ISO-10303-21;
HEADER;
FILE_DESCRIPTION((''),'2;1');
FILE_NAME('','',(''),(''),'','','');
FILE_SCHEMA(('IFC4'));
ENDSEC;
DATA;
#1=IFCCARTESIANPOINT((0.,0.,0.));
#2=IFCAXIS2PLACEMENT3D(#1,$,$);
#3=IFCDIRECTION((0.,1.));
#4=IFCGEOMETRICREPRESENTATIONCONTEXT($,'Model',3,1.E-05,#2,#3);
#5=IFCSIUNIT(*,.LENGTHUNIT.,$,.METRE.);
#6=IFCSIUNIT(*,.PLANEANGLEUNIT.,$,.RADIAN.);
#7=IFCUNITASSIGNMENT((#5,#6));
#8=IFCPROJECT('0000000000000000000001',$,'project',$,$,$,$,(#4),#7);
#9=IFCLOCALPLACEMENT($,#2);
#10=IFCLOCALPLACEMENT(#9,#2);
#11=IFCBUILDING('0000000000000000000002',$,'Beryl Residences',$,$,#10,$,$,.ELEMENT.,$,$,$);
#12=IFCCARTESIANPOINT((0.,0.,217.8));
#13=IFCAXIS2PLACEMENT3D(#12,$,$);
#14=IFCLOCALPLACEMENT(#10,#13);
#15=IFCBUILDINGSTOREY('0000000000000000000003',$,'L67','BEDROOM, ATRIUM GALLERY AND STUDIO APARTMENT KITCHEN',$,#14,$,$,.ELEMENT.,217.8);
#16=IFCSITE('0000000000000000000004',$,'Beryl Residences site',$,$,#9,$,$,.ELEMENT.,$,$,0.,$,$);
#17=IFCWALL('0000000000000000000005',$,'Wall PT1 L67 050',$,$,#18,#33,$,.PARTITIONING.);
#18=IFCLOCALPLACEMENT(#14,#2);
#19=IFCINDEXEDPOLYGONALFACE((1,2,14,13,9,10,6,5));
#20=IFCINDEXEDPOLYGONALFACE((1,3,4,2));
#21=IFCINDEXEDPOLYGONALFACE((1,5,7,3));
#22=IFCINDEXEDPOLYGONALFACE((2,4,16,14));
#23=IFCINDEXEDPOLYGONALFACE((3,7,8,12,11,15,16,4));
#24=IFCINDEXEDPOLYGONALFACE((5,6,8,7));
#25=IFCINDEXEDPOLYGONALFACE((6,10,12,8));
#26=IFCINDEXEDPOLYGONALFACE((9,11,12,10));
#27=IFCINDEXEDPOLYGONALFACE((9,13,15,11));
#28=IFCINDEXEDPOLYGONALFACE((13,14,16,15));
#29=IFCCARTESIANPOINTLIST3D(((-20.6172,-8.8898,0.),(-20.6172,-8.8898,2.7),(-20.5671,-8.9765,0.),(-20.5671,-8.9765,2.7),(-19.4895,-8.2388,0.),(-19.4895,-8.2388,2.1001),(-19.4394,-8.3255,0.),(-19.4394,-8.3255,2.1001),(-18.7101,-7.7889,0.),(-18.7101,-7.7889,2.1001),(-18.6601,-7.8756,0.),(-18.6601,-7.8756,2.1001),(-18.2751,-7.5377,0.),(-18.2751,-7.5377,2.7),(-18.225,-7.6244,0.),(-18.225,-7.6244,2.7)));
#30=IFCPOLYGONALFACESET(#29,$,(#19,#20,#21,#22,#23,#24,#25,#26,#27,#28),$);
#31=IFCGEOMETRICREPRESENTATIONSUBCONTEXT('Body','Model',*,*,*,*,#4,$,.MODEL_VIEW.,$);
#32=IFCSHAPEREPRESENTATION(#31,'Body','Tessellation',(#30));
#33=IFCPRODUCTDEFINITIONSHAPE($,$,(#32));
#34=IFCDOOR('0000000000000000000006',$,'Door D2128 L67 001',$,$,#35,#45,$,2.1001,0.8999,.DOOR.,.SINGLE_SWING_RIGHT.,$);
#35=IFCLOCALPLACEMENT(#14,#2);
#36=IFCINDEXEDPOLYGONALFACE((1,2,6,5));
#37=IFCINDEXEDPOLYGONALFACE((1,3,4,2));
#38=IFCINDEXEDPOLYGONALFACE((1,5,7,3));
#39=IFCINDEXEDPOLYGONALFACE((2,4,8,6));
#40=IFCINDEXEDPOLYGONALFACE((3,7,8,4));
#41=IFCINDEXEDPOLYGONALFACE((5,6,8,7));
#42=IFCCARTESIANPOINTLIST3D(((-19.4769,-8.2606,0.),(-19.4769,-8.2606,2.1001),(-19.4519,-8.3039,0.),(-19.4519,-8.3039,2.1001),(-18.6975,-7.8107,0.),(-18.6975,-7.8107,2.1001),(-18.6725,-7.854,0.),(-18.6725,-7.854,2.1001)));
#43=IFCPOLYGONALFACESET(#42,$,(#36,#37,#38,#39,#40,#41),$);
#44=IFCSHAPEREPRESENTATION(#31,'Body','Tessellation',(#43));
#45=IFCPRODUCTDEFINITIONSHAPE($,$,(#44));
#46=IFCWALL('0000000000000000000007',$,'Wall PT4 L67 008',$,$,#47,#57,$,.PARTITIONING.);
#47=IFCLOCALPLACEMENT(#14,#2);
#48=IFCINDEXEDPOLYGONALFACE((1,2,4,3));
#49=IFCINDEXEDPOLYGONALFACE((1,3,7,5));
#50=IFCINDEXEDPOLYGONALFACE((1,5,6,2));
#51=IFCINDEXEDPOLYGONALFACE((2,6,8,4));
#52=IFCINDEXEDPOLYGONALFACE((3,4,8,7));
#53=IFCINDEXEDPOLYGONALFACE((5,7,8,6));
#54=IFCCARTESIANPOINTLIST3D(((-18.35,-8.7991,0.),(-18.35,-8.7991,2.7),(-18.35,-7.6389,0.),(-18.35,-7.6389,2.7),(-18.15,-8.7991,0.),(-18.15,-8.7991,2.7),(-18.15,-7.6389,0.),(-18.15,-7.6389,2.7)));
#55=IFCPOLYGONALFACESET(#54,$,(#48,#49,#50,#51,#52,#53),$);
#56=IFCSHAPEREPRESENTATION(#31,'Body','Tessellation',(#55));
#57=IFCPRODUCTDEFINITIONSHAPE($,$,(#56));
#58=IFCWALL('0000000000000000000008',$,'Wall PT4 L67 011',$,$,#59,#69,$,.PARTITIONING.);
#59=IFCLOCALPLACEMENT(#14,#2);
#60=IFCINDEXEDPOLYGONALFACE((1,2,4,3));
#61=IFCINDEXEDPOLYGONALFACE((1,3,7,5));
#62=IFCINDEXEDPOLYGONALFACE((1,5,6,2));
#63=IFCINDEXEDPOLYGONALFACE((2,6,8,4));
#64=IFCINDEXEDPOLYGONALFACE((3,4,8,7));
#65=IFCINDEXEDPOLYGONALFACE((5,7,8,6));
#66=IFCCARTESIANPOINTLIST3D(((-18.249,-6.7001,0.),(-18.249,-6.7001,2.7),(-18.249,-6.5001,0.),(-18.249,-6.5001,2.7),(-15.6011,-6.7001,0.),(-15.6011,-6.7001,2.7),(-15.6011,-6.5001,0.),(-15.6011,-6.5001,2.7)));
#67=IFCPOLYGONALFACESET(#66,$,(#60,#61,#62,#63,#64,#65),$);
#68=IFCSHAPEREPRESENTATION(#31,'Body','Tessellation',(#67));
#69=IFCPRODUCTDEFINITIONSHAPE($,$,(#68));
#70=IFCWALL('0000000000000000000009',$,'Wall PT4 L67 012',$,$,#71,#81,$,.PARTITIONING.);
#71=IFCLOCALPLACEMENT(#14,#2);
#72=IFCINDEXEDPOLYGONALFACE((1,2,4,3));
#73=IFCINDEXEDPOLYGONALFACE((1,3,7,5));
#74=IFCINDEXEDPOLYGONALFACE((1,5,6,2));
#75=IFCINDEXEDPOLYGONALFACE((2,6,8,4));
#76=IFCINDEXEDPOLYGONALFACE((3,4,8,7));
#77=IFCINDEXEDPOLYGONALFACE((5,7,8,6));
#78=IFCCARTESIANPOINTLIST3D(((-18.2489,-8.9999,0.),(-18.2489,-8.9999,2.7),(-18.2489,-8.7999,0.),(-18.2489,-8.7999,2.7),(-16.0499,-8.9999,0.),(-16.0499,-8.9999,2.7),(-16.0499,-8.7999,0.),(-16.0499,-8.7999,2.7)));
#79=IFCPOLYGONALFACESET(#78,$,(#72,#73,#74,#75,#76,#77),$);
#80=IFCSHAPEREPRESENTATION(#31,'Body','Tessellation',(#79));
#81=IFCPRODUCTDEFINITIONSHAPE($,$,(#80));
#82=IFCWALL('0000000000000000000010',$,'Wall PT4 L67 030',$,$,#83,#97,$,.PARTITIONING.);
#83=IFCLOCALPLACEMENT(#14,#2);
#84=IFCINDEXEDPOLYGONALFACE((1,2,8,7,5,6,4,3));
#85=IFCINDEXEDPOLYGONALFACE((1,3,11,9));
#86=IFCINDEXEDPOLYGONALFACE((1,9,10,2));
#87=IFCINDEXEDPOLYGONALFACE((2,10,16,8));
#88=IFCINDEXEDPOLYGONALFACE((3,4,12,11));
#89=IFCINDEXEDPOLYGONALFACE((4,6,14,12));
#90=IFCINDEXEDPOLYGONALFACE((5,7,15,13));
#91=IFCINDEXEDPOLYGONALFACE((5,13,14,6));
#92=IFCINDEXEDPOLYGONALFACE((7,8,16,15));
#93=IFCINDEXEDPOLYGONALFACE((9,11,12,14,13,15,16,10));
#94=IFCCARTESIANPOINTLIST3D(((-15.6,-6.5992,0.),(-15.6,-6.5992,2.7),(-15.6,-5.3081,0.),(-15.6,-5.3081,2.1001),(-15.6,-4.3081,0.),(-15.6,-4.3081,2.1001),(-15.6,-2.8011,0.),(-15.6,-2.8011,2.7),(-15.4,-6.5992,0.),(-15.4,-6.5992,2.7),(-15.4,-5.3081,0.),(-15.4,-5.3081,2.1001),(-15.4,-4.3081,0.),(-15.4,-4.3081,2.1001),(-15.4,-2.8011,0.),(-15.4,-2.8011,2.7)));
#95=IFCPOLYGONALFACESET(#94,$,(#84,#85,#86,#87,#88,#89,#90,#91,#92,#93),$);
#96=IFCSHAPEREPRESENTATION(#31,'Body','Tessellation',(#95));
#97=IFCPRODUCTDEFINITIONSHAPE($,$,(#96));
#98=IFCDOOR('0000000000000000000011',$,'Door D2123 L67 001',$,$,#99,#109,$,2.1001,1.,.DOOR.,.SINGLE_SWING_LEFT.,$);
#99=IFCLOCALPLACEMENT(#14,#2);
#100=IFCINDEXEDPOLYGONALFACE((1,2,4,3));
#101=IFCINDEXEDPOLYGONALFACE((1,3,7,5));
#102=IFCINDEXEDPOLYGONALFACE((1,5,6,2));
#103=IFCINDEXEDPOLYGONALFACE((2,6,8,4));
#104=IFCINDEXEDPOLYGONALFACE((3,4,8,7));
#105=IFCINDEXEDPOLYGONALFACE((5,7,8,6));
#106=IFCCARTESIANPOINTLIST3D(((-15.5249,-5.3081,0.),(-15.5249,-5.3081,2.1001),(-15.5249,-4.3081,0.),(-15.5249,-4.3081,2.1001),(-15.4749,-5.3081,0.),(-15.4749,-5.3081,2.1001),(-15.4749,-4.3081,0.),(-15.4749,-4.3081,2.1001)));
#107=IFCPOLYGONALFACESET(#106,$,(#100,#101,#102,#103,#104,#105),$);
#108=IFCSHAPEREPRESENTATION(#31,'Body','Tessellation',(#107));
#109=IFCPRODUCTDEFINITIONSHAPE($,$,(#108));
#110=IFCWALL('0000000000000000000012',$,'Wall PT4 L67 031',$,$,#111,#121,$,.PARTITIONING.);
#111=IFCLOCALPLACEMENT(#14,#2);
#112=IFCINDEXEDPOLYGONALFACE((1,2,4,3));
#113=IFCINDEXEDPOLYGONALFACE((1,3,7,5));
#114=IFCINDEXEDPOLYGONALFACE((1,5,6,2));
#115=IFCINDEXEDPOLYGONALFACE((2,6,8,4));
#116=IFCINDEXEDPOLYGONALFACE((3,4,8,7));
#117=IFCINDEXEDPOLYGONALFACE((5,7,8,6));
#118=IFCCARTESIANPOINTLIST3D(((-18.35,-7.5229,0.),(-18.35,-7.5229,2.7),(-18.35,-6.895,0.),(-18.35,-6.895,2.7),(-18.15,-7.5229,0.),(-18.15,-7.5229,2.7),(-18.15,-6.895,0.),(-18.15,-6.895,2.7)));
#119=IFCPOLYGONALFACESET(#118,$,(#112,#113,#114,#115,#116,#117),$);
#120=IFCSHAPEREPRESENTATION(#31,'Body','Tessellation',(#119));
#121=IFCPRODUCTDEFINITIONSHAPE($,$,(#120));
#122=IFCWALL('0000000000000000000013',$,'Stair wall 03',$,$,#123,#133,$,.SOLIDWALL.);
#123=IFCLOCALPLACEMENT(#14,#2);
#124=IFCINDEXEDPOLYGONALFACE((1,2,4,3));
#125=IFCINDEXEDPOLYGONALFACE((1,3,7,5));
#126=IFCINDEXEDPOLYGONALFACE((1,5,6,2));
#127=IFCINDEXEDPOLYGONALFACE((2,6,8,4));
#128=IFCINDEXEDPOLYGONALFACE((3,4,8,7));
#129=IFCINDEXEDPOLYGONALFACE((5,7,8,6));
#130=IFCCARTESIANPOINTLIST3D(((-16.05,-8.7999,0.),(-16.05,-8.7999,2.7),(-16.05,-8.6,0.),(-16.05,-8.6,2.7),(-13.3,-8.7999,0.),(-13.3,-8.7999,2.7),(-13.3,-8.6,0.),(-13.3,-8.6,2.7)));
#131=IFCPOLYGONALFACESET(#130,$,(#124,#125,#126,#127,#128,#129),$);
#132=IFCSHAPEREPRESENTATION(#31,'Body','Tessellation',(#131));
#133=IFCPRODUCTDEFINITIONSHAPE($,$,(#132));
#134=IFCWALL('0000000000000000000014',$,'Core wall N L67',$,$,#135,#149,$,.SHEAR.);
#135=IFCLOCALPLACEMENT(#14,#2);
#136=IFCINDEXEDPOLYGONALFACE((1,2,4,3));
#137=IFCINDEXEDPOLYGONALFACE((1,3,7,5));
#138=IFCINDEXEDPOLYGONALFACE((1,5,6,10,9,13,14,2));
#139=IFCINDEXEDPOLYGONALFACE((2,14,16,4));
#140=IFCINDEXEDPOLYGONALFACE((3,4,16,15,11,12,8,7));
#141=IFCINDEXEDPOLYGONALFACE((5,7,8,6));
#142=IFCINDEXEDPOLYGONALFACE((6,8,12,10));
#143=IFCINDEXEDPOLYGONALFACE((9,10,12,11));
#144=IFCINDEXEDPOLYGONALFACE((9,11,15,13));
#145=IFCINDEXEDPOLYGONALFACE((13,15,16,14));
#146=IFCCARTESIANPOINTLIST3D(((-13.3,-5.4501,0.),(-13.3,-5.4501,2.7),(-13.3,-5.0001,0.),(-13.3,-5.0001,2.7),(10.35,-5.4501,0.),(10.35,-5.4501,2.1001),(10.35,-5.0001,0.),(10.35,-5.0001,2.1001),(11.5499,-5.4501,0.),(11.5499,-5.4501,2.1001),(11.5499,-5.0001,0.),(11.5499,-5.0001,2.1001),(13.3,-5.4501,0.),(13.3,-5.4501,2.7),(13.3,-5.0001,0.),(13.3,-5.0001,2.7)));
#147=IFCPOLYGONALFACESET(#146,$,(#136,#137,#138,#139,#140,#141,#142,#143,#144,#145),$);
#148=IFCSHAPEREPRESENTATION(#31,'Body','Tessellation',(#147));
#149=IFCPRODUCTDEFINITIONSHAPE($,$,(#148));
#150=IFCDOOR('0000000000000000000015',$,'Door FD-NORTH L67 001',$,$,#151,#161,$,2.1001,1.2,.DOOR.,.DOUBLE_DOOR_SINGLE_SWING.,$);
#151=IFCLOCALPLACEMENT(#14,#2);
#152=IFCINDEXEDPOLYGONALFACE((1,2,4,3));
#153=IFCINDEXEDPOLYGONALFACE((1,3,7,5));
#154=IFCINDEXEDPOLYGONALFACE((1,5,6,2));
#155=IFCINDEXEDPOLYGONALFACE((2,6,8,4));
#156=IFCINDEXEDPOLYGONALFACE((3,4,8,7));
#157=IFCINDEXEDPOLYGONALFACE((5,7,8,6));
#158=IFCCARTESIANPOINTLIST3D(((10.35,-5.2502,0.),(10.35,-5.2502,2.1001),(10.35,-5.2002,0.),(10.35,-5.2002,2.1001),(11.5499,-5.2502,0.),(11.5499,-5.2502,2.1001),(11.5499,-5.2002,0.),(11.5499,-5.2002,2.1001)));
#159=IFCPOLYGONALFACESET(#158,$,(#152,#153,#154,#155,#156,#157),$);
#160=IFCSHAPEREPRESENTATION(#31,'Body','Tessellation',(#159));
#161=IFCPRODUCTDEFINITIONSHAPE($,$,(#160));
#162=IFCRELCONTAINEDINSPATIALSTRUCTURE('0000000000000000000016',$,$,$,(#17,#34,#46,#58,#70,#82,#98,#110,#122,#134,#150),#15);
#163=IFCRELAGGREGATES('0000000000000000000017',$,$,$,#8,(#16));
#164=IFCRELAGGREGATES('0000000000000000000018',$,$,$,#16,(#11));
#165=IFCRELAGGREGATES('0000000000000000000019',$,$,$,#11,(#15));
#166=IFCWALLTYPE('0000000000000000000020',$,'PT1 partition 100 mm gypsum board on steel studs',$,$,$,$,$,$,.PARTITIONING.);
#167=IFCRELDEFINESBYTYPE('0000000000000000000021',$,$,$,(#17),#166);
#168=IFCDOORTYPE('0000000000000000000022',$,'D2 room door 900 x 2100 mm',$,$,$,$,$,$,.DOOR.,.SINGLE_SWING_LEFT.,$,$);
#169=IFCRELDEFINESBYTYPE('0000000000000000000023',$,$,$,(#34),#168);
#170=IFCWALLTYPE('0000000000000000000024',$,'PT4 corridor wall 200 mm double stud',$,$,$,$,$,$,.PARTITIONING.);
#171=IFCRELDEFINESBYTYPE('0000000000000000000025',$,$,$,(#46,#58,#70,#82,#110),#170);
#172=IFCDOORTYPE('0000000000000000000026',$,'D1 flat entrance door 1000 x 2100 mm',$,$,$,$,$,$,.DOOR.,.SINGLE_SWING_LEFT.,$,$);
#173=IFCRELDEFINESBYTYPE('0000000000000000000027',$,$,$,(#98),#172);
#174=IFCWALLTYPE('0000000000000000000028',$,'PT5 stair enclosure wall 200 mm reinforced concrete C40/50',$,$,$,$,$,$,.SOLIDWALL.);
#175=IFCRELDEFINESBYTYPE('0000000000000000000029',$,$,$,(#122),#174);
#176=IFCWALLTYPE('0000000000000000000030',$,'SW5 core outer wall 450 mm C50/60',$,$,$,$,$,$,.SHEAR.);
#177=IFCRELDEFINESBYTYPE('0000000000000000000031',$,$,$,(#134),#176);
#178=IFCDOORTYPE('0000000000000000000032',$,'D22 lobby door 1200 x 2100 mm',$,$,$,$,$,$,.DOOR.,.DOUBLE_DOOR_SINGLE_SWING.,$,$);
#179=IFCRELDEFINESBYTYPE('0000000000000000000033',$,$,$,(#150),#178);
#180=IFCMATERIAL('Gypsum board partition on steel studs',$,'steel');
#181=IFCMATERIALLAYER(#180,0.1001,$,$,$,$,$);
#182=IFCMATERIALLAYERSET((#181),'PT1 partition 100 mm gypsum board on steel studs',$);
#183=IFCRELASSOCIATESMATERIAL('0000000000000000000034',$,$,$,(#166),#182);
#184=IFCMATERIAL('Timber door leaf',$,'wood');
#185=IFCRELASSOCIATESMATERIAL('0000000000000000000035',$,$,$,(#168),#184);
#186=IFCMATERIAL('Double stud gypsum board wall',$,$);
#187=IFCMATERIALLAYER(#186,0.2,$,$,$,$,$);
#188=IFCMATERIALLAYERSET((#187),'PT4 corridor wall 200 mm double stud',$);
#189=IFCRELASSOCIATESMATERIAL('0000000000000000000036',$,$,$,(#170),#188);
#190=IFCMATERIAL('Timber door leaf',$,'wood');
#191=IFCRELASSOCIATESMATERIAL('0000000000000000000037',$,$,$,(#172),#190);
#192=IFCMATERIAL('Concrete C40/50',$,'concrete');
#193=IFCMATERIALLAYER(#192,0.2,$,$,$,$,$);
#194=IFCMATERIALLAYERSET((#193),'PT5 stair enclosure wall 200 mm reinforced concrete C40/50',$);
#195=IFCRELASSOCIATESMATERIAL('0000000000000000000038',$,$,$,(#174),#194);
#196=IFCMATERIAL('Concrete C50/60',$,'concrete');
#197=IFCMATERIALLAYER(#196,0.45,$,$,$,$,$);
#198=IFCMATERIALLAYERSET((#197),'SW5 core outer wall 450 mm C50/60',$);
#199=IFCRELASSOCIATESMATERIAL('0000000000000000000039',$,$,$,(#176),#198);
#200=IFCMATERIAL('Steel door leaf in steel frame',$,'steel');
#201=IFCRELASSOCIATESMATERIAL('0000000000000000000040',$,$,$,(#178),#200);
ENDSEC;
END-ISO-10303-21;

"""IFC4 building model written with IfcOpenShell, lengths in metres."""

from ifc_helpers import new_model, si_unit, direction, frame, frame_2d, origin, place, context, subcontext, project, spatial, rectangle, extrude, material, layer, layer_set, type_object, element, fill, save


model = new_model("IFC4")

# Units and contexts
model_context = context("Model", 3, precision=1e-05, world=origin(), true_north=direction((0.0, 1.0)))
body_context = subcontext(model_context, "Body", "Model", "MODEL_VIEW")
ifc_project = project(units=[si_unit("LENGTHUNIT", "METRE"), si_unit("PLANEANGLEUNIT", "RADIAN")], contexts=[model_context])

# Site, building, storey
site_placement = place(None, origin())
site = spatial("IfcSite", under=ifc_project, at=site_placement, Name="Beryl Residences site", CompositionType="ELEMENT", RefElevation=0.0)
building_placement = place(site_placement, origin())
building = spatial("IfcBuilding", under=site, at=building_placement, Name="Beryl Residences", CompositionType="ELEMENT")
storey_placement = place(building_placement, frame((0.0, 0.0, 217.8)))
storey = spatial("IfcBuildingStorey", under=building, at=storey_placement, Name="L67", Description="BEDROOM, ATRIUM GALLERY AND STUDIO APARTMENT KITCHEN", CompositionType="ELEMENT", Elevation=217.8)

# Shared definitions
ifc_material_1 = material(Name="Gypsum board partition on steel studs", Category="steel")
ifc_layer_1 = layer(ifc_material_1, 0.1001)
ifc_layer_set_1 = layer_set([ifc_layer_1], Name="PT1 partition 100 mm gypsum board on steel studs")
wall_type_1 = type_object("IfcWallType", Name="PT1 partition 100 mm gypsum board on steel studs", PredefinedType="PARTITIONING", material=ifc_layer_set_1)

# Wall, opening, door
ifc_material_2 = material(Name="Timber door leaf", Category="wood")
door_type_1 = type_object("IfcDoorType", Name="D2 room door 900 x 2100 mm", OperationType="SINGLE_SWING_LEFT", PredefinedType="DOOR", material=ifc_material_2)
wall_1_placement = place(storey_placement, frame((-20.592, -8.9331, 0.0), z_axis=(0.0, 0.0, 1.0), x_axis=(0.866046, 0.499965, 0.0)))
wall_1 = element("IfcWall", 1, at=wall_1_placement, inside=storey, type_object=wall_type_1, Name="Wall PT1 L67 050", PredefinedType="PARTITIONING", context=body_context, shape_type="SweptSolid", body=[
    extrude(rectangle(XDim=2.7043, YDim=0.1001, at=frame_2d((1.3521, 0.0))), origin(), (0.0, 0.0, 1.0), 2.7),
])
opening_1_placement = place(wall_1_placement, frame((1.302, 0.0, 0.0)))
opening_1 = element("IfcOpeningElement", 2, at=opening_1_placement, cuts=wall_1, PredefinedType="OPENING", context=body_context, shape_type="SweptSolid", body=[
    extrude(rectangle(XDim=0.8999, YDim=2.1001, at=frame_2d((0.45, 1.05))), frame((0.0, 0.0601, 0.0), z_axis=(0.0, -1.0, 0.0), x_axis=(1.0, 0.0, 0.0)), (0.0, 0.0, 1.0), 0.1201),
])
door_1_placement = place(opening_1_placement, origin())
door_1 = element("IfcDoor", 3, at=door_1_placement, inside=storey, type_object=door_type_1, Name="Door D2128 L67 001", OperationType="SINGLE_SWING_RIGHT", OverallHeight=2.1001, OverallWidth=0.8999, PredefinedType="DOOR", context=body_context, shape_type="SweptSolid", body=[
    extrude(rectangle(XDim=0.8999, YDim=2.1001, at=frame_2d((0.45, 1.05))), frame((0.0, 0.0249, 0.0), z_axis=(0.0, -1.0, 0.0), x_axis=(1.0, 0.0, 0.0)), (0.0, 0.0, 1.0), 0.05),
])
fill(opening_1, door_1)

# Walls
ifc_material_3 = material(Name="Double stud gypsum board wall")
ifc_layer_2 = layer(ifc_material_3, 0.2)
ifc_layer_set_2 = layer_set([ifc_layer_2], Name="PT4 corridor wall 200 mm double stud")
wall_type_2 = type_object("IfcWallType", Name="PT4 corridor wall 200 mm double stud", PredefinedType="PARTITIONING", material=ifc_layer_set_2)
wall_2_placement = place(storey_placement, frame((-18.25, -7.6389, 0.0), z_axis=(0.0, 0.0, 1.0), x_axis=(0.0, -1.0, 0.0)))
element("IfcWall", 4, at=wall_2_placement, inside=storey, type_object=wall_type_2, Name="Wall PT4 L67 008", PredefinedType="PARTITIONING", context=body_context, shape_type="SweptSolid", body=[
    extrude(rectangle(XDim=1.1602, YDim=0.2, at=frame_2d((0.5801, 0.0))), origin(), (0.0, 0.0, 1.0), 2.7),
])
wall_3_placement = place(storey_placement, frame((-18.249, -6.6001, 0.0), z_axis=(0.0, 0.0, 1.0), x_axis=(1.0, 0.0, 0.0)))
element("IfcWall", 5, at=wall_3_placement, inside=storey, type_object=wall_type_2, Name="Wall PT4 L67 011", PredefinedType="PARTITIONING", context=body_context, shape_type="SweptSolid", body=[
    extrude(rectangle(XDim=2.6479, YDim=0.2, at=frame_2d((1.324, 0.0))), origin(), (0.0, 0.0, 1.0), 2.7),
])
wall_4_placement = place(storey_placement, frame((-18.249, -8.8999, 0.0), z_axis=(0.0, 0.0, 1.0), x_axis=(1.0, 0.0, 0.0)))
element("IfcWall", 6, at=wall_4_placement, inside=storey, type_object=wall_type_2, Name="Wall PT4 L67 012", PredefinedType="PARTITIONING", context=body_context, shape_type="SweptSolid", body=[
    extrude(rectangle(XDim=2.199, YDim=0.2, at=frame_2d((1.0996, 0.0))), origin(), (0.0, 0.0, 1.0), 2.7),
])

# Wall, opening, door
wall_5_placement = place(storey_placement, frame((-15.5, -6.5991, 0.0), z_axis=(0.0, 0.0, 1.0), x_axis=(0.0, 1.0, 0.0)))
wall_5 = element("IfcWall", 7, at=wall_5_placement, inside=storey, type_object=wall_type_2, Name="Wall PT4 L67 030", PredefinedType="PARTITIONING", context=body_context, shape_type="SweptSolid", body=[
    extrude(rectangle(XDim=3.7981, YDim=0.2, at=frame_2d((1.8989, 0.0))), origin(), (0.0, 0.0, 1.0), 2.7),
])
opening_2_placement = place(wall_5_placement, frame((1.291, 0.0, 0.0)))
opening_2 = element("IfcOpeningElement", 8, at=opening_2_placement, cuts=wall_5, PredefinedType="OPENING", context=body_context, shape_type="SweptSolid", body=[
    extrude(rectangle(XDim=1.0, YDim=2.1001, at=frame_2d((0.5, 1.05))), frame((0.0, 0.1099, 0.0), z_axis=(0.0, -1.0, 0.0), x_axis=(1.0, 0.0, 0.0)), (0.0, 0.0, 1.0), 0.22),
])
ifc_material_4 = material(Name="Timber door leaf", Category="wood")
door_type_2 = type_object("IfcDoorType", Name="D1 flat entrance door 1000 x 2100 mm", OperationType="SINGLE_SWING_LEFT", PredefinedType="DOOR", material=ifc_material_4)
door_2_placement = place(opening_2_placement, origin())
door_2 = element("IfcDoor", 9, at=door_2_placement, inside=storey, type_object=door_type_2, Name="Door D2123 L67 001", OperationType="SINGLE_SWING_LEFT", OverallHeight=2.1001, OverallWidth=1.0, PredefinedType="DOOR", context=body_context, shape_type="SweptSolid", body=[
    extrude(rectangle(XDim=1.0, YDim=2.1001, at=frame_2d((0.5, 1.05))), frame((0.0, 0.0249, 0.0), z_axis=(0.0, -1.0, 0.0), x_axis=(1.0, 0.0, 0.0)), (0.0, 0.0, 1.0), 0.05),
])
fill(opening_2, door_2)

# Walls
wall_6_placement = place(storey_placement, frame((-18.25, -7.5229, 0.0), z_axis=(0.0, 0.0, 1.0), x_axis=(0.0, 1.0, 0.0)))
element("IfcWall", 10, at=wall_6_placement, inside=storey, type_object=wall_type_2, Name="Wall PT4 L67 031", PredefinedType="PARTITIONING", context=body_context, shape_type="SweptSolid", body=[
    extrude(rectangle(XDim=0.6279, YDim=0.2, at=frame_2d((0.314, 0.0))), origin(), (0.0, 0.0, 1.0), 2.7),
])
ifc_material_5 = material(Name="Concrete C40/50", Category="concrete")
ifc_layer_3 = layer(ifc_material_5, 0.2)
ifc_layer_set_3 = layer_set([ifc_layer_3], Name="PT5 stair enclosure wall 200 mm reinforced concrete C40/50")
wall_type_3 = type_object("IfcWallType", Name="PT5 stair enclosure wall 200 mm reinforced concrete C40/50", PredefinedType="SOLIDWALL", material=ifc_layer_set_3)
wall_7_placement = place(storey_placement, frame((-16.05, -8.7, 0.0), z_axis=(0.0, 0.0, 1.0), x_axis=(1.0, 0.0, 0.0)))
element("IfcWall", 11, at=wall_7_placement, inside=storey, type_object=wall_type_3, Name="Stair wall 03", PredefinedType="SOLIDWALL", context=body_context, shape_type="SweptSolid", body=[
    extrude(rectangle(XDim=2.75, YDim=0.2, at=frame_2d((1.375, 0.0))), origin(), (0.0, 0.0, 1.0), 2.7),
])

# Wall, opening, door
ifc_material_6 = material(Name="Concrete C50/60", Category="concrete")
ifc_layer_4 = layer(ifc_material_6, 0.45)
ifc_layer_set_4 = layer_set([ifc_layer_4], Name="SW5 core outer wall 450 mm C50/60")
wall_type_4 = type_object("IfcWallType", Name="SW5 core outer wall 450 mm C50/60", PredefinedType="SHEAR", material=ifc_layer_set_4)
wall_8_placement = place(storey_placement, frame((-13.3, -5.2251, 0.0), z_axis=(0.0, 0.0, 1.0), x_axis=(1.0, 0.0, 0.0)))
wall_8 = element("IfcWall", 12, at=wall_8_placement, inside=storey, type_object=wall_type_4, Name="Core wall N L67", PredefinedType="SHEAR", context=body_context, shape_type="SweptSolid", body=[
    extrude(rectangle(XDim=26.6001, YDim=0.45, at=frame_2d((13.3, 0.0))), origin(), (0.0, 0.0, 1.0), 2.7),
])
opening_3_placement = place(wall_8_placement, frame((23.6499, 0.0, 0.0)))
opening_3 = element("IfcOpeningElement", 13, at=opening_3_placement, cuts=wall_8, PredefinedType="OPENING", context=body_context, shape_type="SweptSolid", body=[
    extrude(rectangle(XDim=1.2, YDim=2.1001, at=frame_2d((0.6001, 1.05))), frame((0.0, 0.2349, 0.0), z_axis=(0.0, -1.0, 0.0), x_axis=(1.0, 0.0, 0.0)), (0.0, 0.0, 1.0), 0.47),
])
ifc_material_7 = material(Name="Steel door leaf in steel frame", Category="steel")
door_type_3 = type_object("IfcDoorType", Name="D22 lobby door 1200 x 2100 mm", OperationType="DOUBLE_DOOR_SINGLE_SWING", PredefinedType="DOOR", material=ifc_material_7)
door_3_placement = place(opening_3_placement, origin())
door_3 = element("IfcDoor", 14, at=door_3_placement, inside=storey, type_object=door_type_3, Name="Door FD-NORTH L67 001", OperationType="DOUBLE_DOOR_SINGLE_SWING", OverallHeight=2.1001, OverallWidth=1.2, PredefinedType="DOOR", context=body_context, shape_type="SweptSolid", body=[
    extrude(rectangle(XDim=1.2, YDim=2.1001, at=frame_2d((0.6001, 1.05))), frame((0.0, 0.0249, 0.0), z_axis=(0.0, -1.0, 0.0), x_axis=(1.0, 0.0, 0.0)), (0.0, 0.0, 1.0), 0.05),
])
fill(opening_3, door_3)

save(model, "model.ifc")
